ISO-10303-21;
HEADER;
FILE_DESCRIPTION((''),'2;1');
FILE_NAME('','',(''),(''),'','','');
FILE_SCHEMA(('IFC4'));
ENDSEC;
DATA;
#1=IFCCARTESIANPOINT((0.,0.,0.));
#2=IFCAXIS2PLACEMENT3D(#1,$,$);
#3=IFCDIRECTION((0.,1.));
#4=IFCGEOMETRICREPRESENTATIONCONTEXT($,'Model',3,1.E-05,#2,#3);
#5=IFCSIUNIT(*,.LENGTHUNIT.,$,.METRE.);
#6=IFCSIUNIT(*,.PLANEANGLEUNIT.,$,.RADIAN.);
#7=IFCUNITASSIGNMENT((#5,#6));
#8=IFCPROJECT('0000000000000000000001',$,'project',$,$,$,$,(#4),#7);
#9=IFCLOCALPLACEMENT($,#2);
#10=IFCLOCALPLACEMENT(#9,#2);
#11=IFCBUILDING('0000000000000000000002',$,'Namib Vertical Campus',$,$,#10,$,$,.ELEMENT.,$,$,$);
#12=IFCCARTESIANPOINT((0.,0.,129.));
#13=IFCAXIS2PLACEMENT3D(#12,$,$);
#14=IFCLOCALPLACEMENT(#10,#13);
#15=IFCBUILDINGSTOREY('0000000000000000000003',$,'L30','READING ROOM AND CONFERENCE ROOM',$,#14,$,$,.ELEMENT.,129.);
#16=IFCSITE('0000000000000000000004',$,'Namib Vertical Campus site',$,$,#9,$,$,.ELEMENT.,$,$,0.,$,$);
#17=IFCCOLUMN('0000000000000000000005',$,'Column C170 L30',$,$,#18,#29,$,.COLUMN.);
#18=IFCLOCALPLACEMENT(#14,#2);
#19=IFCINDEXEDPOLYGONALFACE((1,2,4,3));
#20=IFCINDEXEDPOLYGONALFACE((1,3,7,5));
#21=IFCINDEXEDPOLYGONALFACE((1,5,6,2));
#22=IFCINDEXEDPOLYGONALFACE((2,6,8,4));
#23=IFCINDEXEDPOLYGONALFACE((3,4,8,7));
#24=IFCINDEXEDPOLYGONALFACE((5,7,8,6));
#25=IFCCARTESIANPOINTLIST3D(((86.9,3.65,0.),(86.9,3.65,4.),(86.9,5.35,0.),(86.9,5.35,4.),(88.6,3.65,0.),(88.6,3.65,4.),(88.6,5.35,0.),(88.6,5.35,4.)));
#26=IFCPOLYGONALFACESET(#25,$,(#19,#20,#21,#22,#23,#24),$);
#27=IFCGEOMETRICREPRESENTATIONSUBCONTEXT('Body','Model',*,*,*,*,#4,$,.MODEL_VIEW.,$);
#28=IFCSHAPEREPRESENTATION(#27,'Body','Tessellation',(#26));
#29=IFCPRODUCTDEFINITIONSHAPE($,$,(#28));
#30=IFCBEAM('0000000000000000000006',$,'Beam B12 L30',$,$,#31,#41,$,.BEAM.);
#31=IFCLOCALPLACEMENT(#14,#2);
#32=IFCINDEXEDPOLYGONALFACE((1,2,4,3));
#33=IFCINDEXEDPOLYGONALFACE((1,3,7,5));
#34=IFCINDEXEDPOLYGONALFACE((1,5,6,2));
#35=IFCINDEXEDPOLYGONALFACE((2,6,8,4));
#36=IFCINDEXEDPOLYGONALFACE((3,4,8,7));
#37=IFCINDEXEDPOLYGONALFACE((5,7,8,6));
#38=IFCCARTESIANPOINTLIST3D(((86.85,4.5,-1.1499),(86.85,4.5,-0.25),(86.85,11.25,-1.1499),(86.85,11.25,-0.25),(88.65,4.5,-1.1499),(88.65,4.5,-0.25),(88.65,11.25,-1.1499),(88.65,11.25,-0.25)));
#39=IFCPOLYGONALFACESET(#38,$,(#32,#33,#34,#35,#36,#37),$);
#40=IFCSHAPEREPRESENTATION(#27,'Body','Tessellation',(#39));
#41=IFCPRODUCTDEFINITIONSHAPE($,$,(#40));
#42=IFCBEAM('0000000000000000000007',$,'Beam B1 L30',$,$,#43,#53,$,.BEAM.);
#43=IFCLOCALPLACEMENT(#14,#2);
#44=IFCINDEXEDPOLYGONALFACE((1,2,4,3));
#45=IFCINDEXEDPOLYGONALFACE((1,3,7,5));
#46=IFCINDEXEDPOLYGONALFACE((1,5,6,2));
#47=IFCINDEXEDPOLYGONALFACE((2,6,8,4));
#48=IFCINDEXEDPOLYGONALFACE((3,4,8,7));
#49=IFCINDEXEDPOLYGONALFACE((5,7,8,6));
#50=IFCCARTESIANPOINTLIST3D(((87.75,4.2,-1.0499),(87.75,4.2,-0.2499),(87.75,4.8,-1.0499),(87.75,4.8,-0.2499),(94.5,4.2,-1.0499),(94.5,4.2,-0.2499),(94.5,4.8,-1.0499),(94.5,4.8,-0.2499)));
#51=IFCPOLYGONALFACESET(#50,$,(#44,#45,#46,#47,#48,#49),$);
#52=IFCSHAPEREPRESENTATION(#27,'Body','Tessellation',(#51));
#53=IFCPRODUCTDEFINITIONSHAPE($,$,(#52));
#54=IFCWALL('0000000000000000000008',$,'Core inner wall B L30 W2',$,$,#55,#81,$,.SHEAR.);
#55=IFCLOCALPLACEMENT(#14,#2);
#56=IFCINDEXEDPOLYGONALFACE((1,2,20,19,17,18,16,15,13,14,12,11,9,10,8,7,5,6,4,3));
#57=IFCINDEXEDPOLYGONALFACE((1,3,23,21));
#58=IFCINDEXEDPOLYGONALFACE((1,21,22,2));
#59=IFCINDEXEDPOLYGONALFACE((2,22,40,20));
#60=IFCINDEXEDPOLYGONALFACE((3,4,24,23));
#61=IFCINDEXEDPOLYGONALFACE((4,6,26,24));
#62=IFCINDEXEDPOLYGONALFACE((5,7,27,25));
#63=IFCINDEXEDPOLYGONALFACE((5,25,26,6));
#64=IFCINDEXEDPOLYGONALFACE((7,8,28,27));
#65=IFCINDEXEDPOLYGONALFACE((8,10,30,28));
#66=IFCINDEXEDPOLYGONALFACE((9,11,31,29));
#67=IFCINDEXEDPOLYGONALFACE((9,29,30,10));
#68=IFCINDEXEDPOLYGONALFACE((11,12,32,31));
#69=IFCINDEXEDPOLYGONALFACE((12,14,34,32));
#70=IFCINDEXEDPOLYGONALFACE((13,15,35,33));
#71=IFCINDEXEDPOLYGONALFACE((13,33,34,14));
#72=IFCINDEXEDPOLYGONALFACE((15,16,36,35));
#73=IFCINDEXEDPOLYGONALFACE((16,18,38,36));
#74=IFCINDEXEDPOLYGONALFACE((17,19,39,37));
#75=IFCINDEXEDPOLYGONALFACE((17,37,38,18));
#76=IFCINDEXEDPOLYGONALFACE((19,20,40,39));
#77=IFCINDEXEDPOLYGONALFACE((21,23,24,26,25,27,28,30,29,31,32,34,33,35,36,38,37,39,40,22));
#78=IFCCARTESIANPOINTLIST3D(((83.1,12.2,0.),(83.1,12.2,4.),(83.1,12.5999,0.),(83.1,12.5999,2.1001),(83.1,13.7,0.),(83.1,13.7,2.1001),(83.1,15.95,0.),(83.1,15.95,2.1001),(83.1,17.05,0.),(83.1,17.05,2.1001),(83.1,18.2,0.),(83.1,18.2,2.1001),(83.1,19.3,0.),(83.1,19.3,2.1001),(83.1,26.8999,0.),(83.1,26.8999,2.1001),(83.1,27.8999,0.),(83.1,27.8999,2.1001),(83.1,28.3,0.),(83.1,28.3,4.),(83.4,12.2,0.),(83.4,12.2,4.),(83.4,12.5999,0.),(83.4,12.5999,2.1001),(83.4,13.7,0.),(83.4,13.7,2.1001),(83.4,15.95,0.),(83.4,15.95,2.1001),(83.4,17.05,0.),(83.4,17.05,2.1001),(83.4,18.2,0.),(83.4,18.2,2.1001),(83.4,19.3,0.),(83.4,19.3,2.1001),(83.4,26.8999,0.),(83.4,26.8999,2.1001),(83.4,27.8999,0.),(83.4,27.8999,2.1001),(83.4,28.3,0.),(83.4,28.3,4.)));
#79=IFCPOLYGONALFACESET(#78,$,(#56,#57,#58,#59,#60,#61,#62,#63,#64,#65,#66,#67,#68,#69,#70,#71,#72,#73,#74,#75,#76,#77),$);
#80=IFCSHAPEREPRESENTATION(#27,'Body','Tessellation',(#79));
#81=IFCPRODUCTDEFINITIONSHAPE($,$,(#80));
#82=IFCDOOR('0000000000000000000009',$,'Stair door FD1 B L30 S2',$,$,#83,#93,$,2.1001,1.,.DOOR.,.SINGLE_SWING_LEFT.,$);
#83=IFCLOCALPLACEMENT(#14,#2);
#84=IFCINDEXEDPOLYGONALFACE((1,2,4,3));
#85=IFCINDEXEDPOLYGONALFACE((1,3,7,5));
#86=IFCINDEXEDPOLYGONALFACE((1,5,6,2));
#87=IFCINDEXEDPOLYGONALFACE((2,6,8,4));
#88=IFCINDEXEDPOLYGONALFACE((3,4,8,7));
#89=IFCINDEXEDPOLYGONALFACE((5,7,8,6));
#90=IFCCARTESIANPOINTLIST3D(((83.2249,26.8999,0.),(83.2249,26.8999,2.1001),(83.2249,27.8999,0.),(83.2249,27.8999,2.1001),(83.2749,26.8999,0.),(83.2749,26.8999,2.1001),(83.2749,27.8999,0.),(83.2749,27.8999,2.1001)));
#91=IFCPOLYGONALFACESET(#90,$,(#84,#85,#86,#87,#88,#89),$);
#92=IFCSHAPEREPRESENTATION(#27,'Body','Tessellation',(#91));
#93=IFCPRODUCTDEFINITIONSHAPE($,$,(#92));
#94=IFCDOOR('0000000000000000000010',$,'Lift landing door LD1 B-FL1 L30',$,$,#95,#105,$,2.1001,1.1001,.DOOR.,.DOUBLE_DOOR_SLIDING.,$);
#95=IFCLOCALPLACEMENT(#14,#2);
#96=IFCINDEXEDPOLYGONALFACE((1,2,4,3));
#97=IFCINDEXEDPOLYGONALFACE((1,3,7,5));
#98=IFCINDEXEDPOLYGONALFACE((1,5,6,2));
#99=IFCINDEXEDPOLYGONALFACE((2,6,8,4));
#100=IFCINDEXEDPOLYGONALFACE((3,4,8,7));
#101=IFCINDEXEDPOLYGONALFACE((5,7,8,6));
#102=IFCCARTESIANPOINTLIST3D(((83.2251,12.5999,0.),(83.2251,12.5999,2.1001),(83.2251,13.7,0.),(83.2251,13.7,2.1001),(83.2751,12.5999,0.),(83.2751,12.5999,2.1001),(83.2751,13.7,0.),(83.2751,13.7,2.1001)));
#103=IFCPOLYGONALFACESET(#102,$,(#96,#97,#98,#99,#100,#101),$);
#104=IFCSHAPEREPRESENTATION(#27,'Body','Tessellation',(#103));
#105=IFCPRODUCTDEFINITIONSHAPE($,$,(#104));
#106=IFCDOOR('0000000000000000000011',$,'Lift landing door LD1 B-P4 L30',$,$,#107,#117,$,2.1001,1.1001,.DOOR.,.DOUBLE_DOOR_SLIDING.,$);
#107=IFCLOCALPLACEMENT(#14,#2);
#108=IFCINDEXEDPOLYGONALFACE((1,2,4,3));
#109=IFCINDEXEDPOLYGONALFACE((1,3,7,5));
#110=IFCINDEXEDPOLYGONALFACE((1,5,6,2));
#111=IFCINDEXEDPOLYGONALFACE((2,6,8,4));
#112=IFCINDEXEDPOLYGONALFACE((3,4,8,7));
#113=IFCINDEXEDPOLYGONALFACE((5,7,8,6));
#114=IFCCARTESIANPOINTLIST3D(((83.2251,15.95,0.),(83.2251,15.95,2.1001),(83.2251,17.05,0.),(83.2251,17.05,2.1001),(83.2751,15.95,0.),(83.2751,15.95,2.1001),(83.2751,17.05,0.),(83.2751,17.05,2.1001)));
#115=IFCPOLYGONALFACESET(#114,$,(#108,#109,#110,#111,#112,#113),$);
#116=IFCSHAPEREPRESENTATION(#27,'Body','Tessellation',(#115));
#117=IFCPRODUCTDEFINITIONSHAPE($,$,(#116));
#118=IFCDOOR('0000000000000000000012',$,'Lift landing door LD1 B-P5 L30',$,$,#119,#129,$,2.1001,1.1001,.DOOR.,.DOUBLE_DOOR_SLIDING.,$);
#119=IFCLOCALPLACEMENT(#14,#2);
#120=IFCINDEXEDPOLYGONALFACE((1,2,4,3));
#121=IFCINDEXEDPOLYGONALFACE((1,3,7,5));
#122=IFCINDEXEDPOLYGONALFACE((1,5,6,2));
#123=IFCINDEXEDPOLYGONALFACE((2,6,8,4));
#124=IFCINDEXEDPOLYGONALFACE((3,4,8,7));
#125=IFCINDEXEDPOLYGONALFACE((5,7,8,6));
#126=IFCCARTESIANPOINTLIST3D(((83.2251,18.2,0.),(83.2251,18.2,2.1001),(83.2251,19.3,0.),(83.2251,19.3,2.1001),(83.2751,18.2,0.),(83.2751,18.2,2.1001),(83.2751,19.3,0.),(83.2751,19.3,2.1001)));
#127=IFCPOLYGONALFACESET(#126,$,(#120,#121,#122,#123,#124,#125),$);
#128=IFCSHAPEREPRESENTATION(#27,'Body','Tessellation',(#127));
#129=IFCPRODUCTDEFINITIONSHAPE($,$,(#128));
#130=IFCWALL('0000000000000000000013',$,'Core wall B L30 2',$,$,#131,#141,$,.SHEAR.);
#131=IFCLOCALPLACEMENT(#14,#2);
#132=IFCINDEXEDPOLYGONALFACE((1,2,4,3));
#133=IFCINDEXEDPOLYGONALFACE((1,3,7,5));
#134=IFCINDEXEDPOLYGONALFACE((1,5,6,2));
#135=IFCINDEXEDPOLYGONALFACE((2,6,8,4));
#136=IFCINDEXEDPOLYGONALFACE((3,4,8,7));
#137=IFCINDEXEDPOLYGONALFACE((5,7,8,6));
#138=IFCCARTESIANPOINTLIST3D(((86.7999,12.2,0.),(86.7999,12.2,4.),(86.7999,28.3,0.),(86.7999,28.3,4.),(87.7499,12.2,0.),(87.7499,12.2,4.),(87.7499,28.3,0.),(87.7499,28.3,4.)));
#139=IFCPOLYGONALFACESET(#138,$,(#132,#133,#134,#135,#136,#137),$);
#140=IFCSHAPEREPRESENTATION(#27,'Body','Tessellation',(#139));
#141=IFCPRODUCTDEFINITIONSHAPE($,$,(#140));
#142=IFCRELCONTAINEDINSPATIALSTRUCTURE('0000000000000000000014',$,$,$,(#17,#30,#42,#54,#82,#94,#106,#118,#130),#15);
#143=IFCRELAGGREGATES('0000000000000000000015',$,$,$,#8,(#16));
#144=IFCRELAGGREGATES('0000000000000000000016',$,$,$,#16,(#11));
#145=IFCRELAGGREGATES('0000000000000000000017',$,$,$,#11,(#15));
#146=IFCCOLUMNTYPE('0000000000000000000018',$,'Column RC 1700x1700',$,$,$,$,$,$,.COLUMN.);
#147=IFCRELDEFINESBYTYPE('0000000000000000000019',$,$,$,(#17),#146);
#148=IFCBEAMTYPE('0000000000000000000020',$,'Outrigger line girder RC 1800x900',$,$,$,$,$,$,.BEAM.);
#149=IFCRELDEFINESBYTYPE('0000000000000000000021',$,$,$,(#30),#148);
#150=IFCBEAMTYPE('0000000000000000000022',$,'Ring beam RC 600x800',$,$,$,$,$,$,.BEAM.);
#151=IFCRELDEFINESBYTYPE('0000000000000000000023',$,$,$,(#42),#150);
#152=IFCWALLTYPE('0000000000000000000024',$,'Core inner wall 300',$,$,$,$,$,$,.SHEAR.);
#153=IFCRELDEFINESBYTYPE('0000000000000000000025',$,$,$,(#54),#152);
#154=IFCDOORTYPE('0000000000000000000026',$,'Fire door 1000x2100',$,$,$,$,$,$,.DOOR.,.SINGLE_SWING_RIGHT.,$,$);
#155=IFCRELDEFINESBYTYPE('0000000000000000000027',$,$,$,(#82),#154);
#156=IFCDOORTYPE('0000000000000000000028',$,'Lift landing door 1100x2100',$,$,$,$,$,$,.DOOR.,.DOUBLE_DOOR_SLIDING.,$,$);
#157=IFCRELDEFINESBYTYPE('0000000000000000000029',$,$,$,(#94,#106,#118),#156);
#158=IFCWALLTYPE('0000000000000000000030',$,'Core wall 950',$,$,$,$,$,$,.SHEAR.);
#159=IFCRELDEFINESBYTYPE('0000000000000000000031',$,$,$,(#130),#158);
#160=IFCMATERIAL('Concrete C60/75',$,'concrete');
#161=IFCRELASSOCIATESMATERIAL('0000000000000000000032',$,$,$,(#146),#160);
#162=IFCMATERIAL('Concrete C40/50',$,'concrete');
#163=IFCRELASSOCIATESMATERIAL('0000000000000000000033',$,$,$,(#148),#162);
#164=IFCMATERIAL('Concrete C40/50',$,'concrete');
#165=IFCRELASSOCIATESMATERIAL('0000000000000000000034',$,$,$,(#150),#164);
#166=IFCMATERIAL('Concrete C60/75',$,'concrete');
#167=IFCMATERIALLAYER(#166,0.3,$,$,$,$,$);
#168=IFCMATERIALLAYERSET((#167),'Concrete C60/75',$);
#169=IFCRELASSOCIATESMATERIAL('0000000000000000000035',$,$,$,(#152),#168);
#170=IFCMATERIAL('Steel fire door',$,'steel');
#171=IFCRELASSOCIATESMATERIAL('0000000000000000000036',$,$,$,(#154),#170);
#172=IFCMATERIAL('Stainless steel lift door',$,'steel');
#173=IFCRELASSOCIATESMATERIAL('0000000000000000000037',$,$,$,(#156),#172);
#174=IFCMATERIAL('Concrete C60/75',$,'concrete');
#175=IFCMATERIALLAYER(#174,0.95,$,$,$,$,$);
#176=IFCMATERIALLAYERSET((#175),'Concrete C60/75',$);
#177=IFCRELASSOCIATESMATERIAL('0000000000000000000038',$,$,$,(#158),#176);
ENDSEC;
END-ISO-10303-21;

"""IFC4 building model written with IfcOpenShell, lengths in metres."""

from ifc_helpers import new_model, si_unit, direction, frame, frame_2d, origin, origin_2d, place, context, subcontext, project, spatial, rectangle, extrude, material, layer, layer_set, material_profile, profile_set, type_object, element, fill, save


model = new_model("IFC4")

# Units and contexts
model_context = context("Model", 3, precision=1e-05, world=origin(), true_north=direction((0.0, 1.0)))
body_context = subcontext(model_context, "Body", "Model", "MODEL_VIEW")
ifc_project = project(units=[si_unit("LENGTHUNIT", "METRE"), si_unit("PLANEANGLEUNIT", "RADIAN")], contexts=[model_context])

# Site, building, storey
site_placement = place(None, origin())
site = spatial("IfcSite", under=ifc_project, at=site_placement, Name="Namib Vertical Campus site", CompositionType="ELEMENT", RefElevation=0.0)
building_placement = place(site_placement, origin())
building = spatial("IfcBuilding", under=site, at=building_placement, Name="Namib Vertical Campus", CompositionType="ELEMENT")
storey_placement = place(building_placement, frame((0.0, 0.0, 129.0)))
storey = spatial("IfcBuildingStorey", under=building, at=storey_placement, Name="L30", Description="READING ROOM AND CONFERENCE ROOM", CompositionType="ELEMENT", Elevation=129.0)

# Column
ifc_material_1 = material(Name="Concrete C60/75", Category="concrete")
ifc_material_profile_1 = material_profile(ifc_material_1, rectangle(XDim=1.7, YDim=1.7, at=origin_2d()))
ifc_profile_set_1 = profile_set([ifc_material_profile_1], Name="Concrete C60/75")
column_type = type_object("IfcColumnType", Name="Column RC 1700x1700", PredefinedType="COLUMN", material=ifc_profile_set_1)
column_placement = place(storey_placement, frame((87.75, 4.5, 0.0), z_axis=(0.0, 0.0, 1.0), x_axis=(1.0, 0.0, 0.0)))
element("IfcColumn", 1, at=column_placement, inside=storey, type_object=column_type, Name="Column C170 L30", PredefinedType="COLUMN", context=body_context, shape_type="SweptSolid", body=[
    extrude(rectangle(XDim=1.7, YDim=1.7, at=origin_2d()), origin(), (0.0, 0.0, 1.0), 4.0),
])

# Beams
ifc_material_2 = material(Name="Concrete C40/50", Category="concrete")
ifc_material_profile_2 = material_profile(ifc_material_2, rectangle(XDim=1.8, YDim=0.8999, at=origin_2d()))
ifc_profile_set_2 = profile_set([ifc_material_profile_2], Name="Concrete C40/50")
beam_type_1 = type_object("IfcBeamType", Name="Outrigger line girder RC 1800x900", PredefinedType="BEAM", material=ifc_profile_set_2)
beam_1_placement = place(storey_placement, frame((87.75, 4.5, -0.7), z_axis=(0.0, 1.0, 0.0), x_axis=(-1.0, 0.0, 0.0)))
element("IfcBeam", 2, at=beam_1_placement, inside=storey, type_object=beam_type_1, Name="Beam B12 L30", PredefinedType="BEAM", context=body_context, shape_type="SweptSolid", body=[
    extrude(rectangle(XDim=1.8, YDim=0.8999, at=origin_2d()), origin(), (0.0, 0.0, 1.0), 6.75),
])
ifc_material_3 = material(Name="Concrete C40/50", Category="concrete")
ifc_material_profile_3 = material_profile(ifc_material_3, rectangle(XDim=0.6001, YDim=0.8, at=origin_2d()))
ifc_profile_set_3 = profile_set([ifc_material_profile_3], Name="Concrete C40/50")
beam_type_2 = type_object("IfcBeamType", Name="Ring beam RC 600x800", PredefinedType="BEAM", material=ifc_profile_set_3)
beam_2_placement = place(storey_placement, frame((87.75, 4.5, -0.6499), z_axis=(1.0, 0.0, 0.0), x_axis=(0.0, 1.0, 0.0)))
element("IfcBeam", 3, at=beam_2_placement, inside=storey, type_object=beam_type_2, Name="Beam B1 L30", PredefinedType="BEAM", context=body_context, shape_type="SweptSolid", body=[
    extrude(rectangle(XDim=0.6001, YDim=0.8, at=origin_2d()), origin(), (0.0, 0.0, 1.0), 6.75),
])

# Wall, openings, doors
ifc_material_4 = material(Name="Concrete C60/75", Category="concrete")
ifc_layer_1 = layer(ifc_material_4, 0.3)
ifc_layer_set_1 = layer_set([ifc_layer_1], Name="Concrete C60/75")
wall_type_1 = type_object("IfcWallType", Name="Core inner wall 300", PredefinedType="SHEAR", material=ifc_layer_set_1)
wall_1_placement = place(storey_placement, frame((83.25, 12.2, 0.0), z_axis=(0.0, 0.0, 1.0), x_axis=(0.0, 1.0, 0.0)))
wall_1 = element("IfcWall", 4, at=wall_1_placement, inside=storey, type_object=wall_type_1, Name="Core inner wall B L30 W2", PredefinedType="SHEAR", context=body_context, shape_type="SweptSolid", body=[
    extrude(rectangle(XDim=16.1001, YDim=0.3, at=frame_2d((8.05, 0.0))), origin(), (0.0, 0.0, 1.0), 4.0),
])
opening_1_placement = place(wall_1_placement, frame((14.7, 0.0, 0.0)))
opening_1 = element("IfcOpeningElement", 5, at=opening_1_placement, cuts=wall_1, PredefinedType="OPENING", context=body_context, shape_type="SweptSolid", body=[
    extrude(rectangle(XDim=1.0, YDim=2.1001, at=frame_2d((0.5, 1.05))), frame((0.0, 0.1599, 0.0), z_axis=(0.0, -1.0, 0.0), x_axis=(1.0, 0.0, 0.0)), (0.0, 0.0, 1.0), 0.3201),
])
opening_2_placement = place(wall_1_placement, frame((0.3999, 0.0, 0.0)))
opening_2 = element("IfcOpeningElement", 6, at=opening_2_placement, cuts=wall_1, PredefinedType="OPENING", context=body_context, shape_type="SweptSolid", body=[
    extrude(rectangle(XDim=1.1001, YDim=2.1001, at=frame_2d((0.55, 1.05))), frame((0.0, 0.1599, 0.0), z_axis=(0.0, -1.0, 0.0), x_axis=(1.0, 0.0, 0.0)), (0.0, 0.0, 1.0), 0.3201),
])
opening_3_placement = place(wall_1_placement, frame((3.75, 0.0, 0.0)))
opening_3 = element("IfcOpeningElement", 7, at=opening_3_placement, cuts=wall_1, PredefinedType="OPENING", context=body_context, shape_type="SweptSolid", body=[
    extrude(rectangle(XDim=1.1001, YDim=2.1001, at=frame_2d((0.55, 1.05))), frame((0.0, 0.1599, 0.0), z_axis=(0.0, -1.0, 0.0), x_axis=(1.0, 0.0, 0.0)), (0.0, 0.0, 1.0), 0.3201),
])
opening_4_placement = place(wall_1_placement, frame((6.0, 0.0, 0.0)))
opening_4 = element("IfcOpeningElement", 8, at=opening_4_placement, cuts=wall_1, PredefinedType="OPENING", context=body_context, shape_type="SweptSolid", body=[
    extrude(rectangle(XDim=1.1001, YDim=2.1001, at=frame_2d((0.55, 1.05))), frame((0.0, 0.1599, 0.0), z_axis=(0.0, -1.0, 0.0), x_axis=(1.0, 0.0, 0.0)), (0.0, 0.0, 1.0), 0.3201),
])
ifc_material_5 = material(Name="Steel fire door", Category="steel")
door_type_1 = type_object("IfcDoorType", Name="Fire door 1000x2100", OperationType="SINGLE_SWING_RIGHT", PredefinedType="DOOR", material=ifc_material_5)
door_1_placement = place(opening_1_placement, frame((1.0, 0.0, 0.0), z_axis=(0.0, 0.0, 1.0), x_axis=(-1.0, 0.0, 0.0)))
door_1 = element("IfcDoor", 9, at=door_1_placement, inside=storey, type_object=door_type_1, Name="Stair door FD1 B L30 S2", OperationType="SINGLE_SWING_LEFT", OverallHeight=2.1001, OverallWidth=1.0, PredefinedType="DOOR", context=body_context, shape_type="SweptSolid", body=[
    extrude(rectangle(XDim=1.0, YDim=2.1001, at=frame_2d((0.5, 1.05))), frame((0.0, 0.0249, 0.0), z_axis=(0.0, -1.0, 0.0), x_axis=(1.0, 0.0, 0.0)), (0.0, 0.0, 1.0), 0.05),
])
fill(opening_1, door_1)
ifc_material_6 = material(Name="Stainless steel lift door", Category="steel")
door_type_2 = type_object("IfcDoorType", Name="Lift landing door 1100x2100", OperationType="DOUBLE_DOOR_SLIDING", PredefinedType="DOOR", material=ifc_material_6)
door_2_placement = place(opening_2_placement, origin())
door_2 = element("IfcDoor", 10, at=door_2_placement, inside=storey, type_object=door_type_2, Name="Lift landing door LD1 B-FL1 L30", OperationType="DOUBLE_DOOR_SLIDING", OverallHeight=2.1001, OverallWidth=1.1001, PredefinedType="DOOR", context=body_context, shape_type="SweptSolid", body=[
    extrude(rectangle(XDim=1.1001, YDim=2.1001, at=frame_2d((0.55, 1.05))), frame((0.0, 0.0249, 0.0), z_axis=(0.0, -1.0, 0.0), x_axis=(1.0, 0.0, 0.0)), (0.0, 0.0, 1.0), 0.05),
])
fill(opening_2, door_2)
door_3_placement = place(opening_3_placement, origin())
door_3 = element("IfcDoor", 11, at=door_3_placement, inside=storey, type_object=door_type_2, Name="Lift landing door LD1 B-P4 L30", OperationType="DOUBLE_DOOR_SLIDING", OverallHeight=2.1001, OverallWidth=1.1001, PredefinedType="DOOR", context=body_context, shape_type="SweptSolid", body=[
    extrude(rectangle(XDim=1.1001, YDim=2.1001, at=frame_2d((0.55, 1.05))), frame((0.0, 0.0249, 0.0), z_axis=(0.0, -1.0, 0.0), x_axis=(1.0, 0.0, 0.0)), (0.0, 0.0, 1.0), 0.05),
])
fill(opening_3, door_3)
door_4_placement = place(opening_4_placement, origin())
door_4 = element("IfcDoor", 12, at=door_4_placement, inside=storey, type_object=door_type_2, Name="Lift landing door LD1 B-P5 L30", OperationType="DOUBLE_DOOR_SLIDING", OverallHeight=2.1001, OverallWidth=1.1001, PredefinedType="DOOR", context=body_context, shape_type="SweptSolid", body=[
    extrude(rectangle(XDim=1.1001, YDim=2.1001, at=frame_2d((0.55, 1.05))), frame((0.0, 0.0249, 0.0), z_axis=(0.0, -1.0, 0.0), x_axis=(1.0, 0.0, 0.0)), (0.0, 0.0, 1.0), 0.05),
])
fill(opening_4, door_4)

# Wall
ifc_material_7 = material(Name="Concrete C60/75", Category="concrete")
ifc_layer_2 = layer(ifc_material_7, 0.95)
ifc_layer_set_2 = layer_set([ifc_layer_2], Name="Concrete C60/75")
wall_type_2 = type_object("IfcWallType", Name="Core wall 950", PredefinedType="SHEAR", material=ifc_layer_set_2)
wall_2_placement = place(storey_placement, frame((87.2749, 12.2, 0.0), z_axis=(0.0, 0.0, 1.0), x_axis=(0.0, 1.0, 0.0)))
element("IfcWall", 13, at=wall_2_placement, inside=storey, type_object=wall_type_2, Name="Core wall B L30 2", PredefinedType="SHEAR", context=body_context, shape_type="SweptSolid", body=[
    extrude(rectangle(XDim=16.1001, YDim=0.95, at=frame_2d((8.05, 0.0))), origin(), (0.0, 0.0, 1.0), 4.0),
])

save(model, "model.ifc")
